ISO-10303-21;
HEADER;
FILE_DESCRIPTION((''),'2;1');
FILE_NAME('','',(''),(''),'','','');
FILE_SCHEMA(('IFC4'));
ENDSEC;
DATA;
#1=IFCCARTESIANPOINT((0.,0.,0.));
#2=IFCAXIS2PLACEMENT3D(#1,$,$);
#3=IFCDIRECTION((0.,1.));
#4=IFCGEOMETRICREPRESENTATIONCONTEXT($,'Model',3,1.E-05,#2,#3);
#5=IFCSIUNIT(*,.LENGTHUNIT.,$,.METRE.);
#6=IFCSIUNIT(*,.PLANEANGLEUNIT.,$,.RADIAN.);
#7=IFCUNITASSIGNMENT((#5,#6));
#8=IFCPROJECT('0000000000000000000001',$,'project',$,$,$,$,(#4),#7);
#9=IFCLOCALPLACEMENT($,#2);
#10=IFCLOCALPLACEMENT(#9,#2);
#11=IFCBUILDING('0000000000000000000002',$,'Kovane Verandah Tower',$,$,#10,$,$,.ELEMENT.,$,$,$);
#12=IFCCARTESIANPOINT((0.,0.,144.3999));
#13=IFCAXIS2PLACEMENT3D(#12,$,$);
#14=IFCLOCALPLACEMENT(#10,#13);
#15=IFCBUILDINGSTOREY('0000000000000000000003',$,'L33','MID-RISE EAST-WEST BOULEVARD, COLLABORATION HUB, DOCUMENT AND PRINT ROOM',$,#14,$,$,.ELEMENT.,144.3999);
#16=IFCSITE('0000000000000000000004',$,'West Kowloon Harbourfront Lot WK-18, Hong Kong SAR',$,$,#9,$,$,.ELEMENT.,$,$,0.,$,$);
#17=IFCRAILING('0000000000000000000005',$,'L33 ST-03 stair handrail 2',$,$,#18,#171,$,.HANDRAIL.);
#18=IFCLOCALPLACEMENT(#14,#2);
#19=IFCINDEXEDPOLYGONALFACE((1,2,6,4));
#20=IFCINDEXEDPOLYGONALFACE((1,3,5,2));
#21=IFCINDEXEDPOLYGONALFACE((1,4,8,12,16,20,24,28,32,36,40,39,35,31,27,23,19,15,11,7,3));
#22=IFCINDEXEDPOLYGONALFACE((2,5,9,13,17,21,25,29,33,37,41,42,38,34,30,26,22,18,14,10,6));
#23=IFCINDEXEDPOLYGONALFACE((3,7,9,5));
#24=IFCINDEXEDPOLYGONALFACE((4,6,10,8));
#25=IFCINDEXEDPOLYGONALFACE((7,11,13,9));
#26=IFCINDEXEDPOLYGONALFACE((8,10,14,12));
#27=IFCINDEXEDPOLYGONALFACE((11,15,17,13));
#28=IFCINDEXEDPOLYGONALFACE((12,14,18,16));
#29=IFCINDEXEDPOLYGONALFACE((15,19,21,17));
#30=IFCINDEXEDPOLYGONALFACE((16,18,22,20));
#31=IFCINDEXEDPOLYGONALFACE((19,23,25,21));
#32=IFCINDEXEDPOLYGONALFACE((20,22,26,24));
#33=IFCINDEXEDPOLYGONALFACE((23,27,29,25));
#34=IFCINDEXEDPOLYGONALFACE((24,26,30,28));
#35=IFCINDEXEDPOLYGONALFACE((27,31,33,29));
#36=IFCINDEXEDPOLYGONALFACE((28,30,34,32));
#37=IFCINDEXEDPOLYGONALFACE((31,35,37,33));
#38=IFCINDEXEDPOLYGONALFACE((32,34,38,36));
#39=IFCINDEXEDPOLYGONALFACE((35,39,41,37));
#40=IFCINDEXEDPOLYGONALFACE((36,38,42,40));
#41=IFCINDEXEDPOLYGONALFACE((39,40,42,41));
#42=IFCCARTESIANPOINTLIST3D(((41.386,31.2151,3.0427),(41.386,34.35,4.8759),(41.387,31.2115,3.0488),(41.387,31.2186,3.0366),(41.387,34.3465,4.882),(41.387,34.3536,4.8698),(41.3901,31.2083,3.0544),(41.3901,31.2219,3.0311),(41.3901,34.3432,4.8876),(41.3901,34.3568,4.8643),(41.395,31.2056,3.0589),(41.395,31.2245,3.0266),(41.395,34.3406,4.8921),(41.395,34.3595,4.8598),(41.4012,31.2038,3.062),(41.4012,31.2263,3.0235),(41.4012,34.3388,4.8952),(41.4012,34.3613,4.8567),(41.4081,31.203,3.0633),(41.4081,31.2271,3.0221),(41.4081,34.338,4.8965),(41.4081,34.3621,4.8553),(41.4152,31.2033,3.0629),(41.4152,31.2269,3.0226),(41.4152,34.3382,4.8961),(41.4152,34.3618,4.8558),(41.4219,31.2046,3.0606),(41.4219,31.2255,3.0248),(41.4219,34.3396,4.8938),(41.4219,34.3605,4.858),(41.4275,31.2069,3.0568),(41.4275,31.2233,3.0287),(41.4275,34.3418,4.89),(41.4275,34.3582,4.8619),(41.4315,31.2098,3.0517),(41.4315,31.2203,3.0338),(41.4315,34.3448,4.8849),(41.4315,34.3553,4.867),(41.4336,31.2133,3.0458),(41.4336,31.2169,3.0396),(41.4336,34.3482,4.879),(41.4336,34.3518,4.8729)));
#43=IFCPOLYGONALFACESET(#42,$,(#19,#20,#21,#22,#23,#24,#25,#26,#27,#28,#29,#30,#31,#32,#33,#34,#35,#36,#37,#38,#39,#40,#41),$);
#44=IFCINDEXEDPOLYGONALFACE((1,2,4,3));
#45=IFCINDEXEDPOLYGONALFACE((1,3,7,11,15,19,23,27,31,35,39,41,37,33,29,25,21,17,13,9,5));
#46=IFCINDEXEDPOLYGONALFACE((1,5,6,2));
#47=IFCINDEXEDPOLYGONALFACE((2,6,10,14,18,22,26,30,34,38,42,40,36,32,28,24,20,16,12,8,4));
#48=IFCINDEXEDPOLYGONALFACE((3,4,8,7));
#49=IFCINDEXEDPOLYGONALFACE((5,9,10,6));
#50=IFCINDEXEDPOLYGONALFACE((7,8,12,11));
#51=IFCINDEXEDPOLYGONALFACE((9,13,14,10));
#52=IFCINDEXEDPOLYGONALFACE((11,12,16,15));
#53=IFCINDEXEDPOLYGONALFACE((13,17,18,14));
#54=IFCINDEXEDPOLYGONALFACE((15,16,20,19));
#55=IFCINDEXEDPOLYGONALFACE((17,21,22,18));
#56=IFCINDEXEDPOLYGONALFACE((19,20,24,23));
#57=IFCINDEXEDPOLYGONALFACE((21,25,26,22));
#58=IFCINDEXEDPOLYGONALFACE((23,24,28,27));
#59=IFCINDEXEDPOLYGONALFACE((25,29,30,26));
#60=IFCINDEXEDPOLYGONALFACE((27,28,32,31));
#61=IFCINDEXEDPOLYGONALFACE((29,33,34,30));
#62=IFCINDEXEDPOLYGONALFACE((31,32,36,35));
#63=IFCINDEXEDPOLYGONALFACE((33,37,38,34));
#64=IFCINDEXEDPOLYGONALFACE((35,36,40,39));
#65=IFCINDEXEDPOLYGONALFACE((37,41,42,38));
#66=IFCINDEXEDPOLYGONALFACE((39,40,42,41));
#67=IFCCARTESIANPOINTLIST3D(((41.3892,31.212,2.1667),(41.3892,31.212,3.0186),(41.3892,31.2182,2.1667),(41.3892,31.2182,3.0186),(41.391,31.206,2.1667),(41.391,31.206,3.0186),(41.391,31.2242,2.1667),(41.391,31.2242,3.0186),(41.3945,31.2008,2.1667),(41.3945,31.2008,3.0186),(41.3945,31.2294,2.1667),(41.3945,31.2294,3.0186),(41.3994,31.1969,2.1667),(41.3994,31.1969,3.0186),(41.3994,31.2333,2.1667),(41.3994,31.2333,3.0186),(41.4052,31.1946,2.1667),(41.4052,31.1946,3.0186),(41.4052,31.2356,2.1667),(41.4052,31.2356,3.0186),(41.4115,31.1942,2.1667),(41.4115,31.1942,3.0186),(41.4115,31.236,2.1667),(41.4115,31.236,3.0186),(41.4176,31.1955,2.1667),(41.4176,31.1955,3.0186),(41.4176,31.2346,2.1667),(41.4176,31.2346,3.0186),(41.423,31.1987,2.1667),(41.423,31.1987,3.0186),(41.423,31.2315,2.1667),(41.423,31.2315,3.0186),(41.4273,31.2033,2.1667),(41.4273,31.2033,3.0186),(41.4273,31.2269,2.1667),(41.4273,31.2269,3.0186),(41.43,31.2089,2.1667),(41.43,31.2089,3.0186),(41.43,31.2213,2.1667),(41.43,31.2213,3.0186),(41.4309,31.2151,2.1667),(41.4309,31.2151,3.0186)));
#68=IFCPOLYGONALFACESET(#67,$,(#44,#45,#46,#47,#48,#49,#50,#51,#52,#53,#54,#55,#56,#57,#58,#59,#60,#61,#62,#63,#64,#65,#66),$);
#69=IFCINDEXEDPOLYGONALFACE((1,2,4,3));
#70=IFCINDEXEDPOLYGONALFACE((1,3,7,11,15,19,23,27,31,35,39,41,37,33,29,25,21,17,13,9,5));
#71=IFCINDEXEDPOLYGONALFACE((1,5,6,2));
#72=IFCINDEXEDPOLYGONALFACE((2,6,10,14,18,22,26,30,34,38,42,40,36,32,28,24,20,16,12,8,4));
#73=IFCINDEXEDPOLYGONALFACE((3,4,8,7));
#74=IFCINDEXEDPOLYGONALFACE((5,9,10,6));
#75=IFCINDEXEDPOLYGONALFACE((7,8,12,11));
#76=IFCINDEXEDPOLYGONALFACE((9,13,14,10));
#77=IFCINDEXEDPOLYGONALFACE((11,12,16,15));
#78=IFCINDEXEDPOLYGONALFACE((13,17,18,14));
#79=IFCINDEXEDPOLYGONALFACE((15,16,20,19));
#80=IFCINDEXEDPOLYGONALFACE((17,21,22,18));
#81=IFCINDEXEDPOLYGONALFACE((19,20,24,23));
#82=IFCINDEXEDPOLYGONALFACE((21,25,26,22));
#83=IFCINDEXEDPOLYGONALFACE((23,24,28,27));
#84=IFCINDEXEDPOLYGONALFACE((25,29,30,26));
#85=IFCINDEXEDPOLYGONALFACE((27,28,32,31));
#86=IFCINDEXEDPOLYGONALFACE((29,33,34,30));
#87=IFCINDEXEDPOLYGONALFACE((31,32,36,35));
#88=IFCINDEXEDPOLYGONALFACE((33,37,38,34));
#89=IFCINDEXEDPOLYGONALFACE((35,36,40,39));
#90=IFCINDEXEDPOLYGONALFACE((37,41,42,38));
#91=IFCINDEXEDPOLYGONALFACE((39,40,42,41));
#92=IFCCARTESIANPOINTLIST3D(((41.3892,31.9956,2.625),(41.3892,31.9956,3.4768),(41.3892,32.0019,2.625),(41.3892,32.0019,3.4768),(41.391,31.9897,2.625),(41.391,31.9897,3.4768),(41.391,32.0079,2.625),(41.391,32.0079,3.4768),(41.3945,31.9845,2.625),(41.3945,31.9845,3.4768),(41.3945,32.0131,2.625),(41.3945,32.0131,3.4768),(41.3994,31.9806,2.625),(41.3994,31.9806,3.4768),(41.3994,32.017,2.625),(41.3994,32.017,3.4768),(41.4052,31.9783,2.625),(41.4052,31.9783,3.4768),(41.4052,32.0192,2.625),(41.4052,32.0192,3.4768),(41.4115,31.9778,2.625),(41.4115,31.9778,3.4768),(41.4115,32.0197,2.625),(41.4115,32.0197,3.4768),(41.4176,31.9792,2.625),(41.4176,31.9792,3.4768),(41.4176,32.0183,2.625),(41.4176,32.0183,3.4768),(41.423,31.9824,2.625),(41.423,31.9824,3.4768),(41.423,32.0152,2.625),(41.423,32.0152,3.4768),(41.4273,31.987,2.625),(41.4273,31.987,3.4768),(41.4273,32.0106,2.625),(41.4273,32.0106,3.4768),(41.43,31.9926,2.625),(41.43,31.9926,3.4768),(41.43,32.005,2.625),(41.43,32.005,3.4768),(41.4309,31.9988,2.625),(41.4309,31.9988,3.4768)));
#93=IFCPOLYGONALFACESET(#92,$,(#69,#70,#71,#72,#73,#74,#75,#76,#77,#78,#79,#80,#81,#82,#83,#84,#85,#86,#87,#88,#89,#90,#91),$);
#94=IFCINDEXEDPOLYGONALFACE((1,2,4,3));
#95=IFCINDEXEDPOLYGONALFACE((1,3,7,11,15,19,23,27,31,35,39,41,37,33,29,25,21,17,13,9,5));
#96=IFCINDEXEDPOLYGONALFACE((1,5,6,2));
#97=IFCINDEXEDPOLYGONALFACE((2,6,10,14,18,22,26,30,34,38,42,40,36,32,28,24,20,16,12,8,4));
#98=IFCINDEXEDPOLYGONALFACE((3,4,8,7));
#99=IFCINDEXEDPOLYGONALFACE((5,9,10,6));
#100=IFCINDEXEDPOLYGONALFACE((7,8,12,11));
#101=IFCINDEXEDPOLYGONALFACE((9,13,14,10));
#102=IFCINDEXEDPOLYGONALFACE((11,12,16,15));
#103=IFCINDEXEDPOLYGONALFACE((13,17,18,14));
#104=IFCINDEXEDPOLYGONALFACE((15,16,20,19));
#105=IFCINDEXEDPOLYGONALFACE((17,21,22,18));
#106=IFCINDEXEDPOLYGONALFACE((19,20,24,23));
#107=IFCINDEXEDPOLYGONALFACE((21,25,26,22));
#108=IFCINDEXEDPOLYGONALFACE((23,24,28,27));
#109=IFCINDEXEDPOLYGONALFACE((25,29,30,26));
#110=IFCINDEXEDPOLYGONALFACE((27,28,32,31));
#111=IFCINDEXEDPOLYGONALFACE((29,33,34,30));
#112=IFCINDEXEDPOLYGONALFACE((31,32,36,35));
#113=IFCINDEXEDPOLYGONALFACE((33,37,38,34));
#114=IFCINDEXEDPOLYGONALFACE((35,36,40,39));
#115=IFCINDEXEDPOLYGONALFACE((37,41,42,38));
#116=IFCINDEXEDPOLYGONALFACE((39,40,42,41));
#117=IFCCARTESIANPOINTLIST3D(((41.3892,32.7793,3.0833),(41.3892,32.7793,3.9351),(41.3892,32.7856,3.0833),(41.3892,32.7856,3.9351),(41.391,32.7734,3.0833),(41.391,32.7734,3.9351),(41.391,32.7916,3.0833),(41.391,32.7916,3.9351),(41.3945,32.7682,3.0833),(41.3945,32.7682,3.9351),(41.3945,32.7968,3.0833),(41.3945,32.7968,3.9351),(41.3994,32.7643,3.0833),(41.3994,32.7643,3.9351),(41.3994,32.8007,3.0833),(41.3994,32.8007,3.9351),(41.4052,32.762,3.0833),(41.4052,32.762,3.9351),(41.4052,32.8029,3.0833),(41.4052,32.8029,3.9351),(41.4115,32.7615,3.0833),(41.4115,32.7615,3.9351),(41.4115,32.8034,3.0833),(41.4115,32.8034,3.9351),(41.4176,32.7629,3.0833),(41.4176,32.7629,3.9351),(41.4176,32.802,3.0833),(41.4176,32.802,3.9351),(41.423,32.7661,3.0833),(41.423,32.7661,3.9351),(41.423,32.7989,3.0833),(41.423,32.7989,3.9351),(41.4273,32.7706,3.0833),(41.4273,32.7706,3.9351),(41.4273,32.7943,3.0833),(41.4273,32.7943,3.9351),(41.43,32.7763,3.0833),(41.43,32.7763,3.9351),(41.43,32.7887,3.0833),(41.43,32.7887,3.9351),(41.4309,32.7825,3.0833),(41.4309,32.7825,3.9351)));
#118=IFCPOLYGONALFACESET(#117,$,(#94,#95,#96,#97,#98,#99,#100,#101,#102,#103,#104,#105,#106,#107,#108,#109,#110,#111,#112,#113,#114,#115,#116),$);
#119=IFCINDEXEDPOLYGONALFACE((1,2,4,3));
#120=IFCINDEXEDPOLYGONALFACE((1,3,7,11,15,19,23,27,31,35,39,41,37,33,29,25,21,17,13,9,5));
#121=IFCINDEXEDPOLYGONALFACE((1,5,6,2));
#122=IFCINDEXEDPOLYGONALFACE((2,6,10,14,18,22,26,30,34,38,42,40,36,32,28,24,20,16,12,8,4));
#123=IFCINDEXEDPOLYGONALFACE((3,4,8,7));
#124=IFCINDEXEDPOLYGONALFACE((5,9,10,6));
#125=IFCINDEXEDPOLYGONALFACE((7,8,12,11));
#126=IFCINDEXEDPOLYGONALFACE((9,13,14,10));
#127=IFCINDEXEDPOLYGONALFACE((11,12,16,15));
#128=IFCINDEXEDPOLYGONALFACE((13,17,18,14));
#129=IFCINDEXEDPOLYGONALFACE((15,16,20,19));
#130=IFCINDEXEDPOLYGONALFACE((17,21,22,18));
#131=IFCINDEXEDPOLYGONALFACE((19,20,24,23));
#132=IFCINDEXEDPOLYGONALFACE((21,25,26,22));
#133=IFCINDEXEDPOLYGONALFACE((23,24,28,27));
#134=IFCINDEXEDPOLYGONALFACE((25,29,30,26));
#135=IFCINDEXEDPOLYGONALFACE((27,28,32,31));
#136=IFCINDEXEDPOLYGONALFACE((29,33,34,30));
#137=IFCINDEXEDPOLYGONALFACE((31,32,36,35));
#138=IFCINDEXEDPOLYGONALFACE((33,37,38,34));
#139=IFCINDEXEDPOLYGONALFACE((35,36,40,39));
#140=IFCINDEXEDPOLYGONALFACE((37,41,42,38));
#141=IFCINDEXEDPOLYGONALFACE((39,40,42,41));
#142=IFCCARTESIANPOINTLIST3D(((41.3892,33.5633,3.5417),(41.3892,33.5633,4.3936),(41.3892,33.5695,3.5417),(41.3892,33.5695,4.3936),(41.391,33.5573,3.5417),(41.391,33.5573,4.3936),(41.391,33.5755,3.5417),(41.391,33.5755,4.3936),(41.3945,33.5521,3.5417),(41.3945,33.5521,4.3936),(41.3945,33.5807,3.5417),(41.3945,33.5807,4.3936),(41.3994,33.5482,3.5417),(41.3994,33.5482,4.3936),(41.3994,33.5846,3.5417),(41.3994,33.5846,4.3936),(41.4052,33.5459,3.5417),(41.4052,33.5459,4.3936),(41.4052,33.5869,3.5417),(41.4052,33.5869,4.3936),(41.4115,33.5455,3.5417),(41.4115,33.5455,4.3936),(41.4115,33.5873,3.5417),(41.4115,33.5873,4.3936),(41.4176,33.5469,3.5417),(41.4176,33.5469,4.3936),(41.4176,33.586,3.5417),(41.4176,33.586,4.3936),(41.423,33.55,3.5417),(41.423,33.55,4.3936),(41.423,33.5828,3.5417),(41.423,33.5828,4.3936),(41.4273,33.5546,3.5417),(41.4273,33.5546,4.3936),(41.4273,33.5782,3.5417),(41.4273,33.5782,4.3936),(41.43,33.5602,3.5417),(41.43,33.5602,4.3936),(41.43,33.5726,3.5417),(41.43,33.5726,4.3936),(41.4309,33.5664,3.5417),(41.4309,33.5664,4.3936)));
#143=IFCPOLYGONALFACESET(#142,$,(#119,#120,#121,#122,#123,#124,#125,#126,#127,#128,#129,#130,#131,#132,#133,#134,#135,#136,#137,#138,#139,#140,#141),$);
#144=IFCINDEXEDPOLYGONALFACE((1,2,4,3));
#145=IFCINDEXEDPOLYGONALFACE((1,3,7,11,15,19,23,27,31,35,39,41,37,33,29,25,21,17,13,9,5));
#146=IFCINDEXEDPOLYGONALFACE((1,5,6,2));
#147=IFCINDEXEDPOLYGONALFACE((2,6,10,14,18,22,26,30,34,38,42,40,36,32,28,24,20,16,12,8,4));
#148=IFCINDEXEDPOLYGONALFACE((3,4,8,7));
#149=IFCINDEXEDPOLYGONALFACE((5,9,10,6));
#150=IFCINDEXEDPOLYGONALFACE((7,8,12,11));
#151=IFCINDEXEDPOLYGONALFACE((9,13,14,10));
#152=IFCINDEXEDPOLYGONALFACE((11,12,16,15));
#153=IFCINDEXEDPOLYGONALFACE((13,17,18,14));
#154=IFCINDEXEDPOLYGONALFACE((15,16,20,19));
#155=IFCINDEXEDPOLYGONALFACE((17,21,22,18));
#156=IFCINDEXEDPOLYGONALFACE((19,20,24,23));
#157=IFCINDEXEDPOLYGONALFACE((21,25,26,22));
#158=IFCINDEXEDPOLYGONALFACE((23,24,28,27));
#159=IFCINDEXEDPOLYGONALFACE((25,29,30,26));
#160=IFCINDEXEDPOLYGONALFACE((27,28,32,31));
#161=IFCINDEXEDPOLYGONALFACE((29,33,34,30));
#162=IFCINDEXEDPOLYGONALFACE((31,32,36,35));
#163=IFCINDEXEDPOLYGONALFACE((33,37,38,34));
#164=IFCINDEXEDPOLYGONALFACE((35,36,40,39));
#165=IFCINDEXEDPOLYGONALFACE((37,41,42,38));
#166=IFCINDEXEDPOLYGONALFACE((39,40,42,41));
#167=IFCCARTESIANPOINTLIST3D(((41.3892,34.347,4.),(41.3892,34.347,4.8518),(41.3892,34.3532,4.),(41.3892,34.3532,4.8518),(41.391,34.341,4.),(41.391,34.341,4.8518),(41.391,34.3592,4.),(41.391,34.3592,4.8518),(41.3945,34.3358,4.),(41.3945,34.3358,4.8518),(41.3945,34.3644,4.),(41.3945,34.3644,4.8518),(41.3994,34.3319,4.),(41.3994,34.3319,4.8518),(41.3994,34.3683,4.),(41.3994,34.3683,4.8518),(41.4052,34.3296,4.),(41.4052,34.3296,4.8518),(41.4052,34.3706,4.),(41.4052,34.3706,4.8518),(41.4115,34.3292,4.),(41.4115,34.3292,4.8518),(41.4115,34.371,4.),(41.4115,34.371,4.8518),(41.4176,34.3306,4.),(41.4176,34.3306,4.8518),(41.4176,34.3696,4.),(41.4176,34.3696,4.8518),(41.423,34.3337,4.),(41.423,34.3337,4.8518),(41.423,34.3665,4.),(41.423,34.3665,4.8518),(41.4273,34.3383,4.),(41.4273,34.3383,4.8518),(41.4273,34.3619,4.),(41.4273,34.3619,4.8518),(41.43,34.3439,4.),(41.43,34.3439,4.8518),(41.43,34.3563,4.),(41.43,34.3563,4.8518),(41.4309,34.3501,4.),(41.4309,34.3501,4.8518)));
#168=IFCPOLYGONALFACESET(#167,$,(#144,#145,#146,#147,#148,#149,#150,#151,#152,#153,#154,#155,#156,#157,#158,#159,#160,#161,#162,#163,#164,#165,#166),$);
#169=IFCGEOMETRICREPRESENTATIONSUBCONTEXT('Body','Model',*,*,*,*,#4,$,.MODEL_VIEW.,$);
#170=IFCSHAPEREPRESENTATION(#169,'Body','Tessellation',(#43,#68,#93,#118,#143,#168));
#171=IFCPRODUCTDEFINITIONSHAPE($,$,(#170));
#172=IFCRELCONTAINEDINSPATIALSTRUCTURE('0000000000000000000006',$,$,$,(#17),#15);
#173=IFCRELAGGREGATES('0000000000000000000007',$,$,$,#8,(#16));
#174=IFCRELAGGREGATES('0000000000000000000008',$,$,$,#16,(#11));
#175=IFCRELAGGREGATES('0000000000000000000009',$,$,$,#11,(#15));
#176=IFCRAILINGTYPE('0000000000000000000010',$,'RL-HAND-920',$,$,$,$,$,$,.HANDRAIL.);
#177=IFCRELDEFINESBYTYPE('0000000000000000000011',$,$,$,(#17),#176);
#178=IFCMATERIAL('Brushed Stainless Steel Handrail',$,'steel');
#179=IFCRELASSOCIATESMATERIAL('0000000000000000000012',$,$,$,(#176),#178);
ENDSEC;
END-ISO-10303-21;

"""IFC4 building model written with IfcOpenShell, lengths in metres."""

from ifc_helpers import new_model, si_unit, direction, frame, origin, origin_2d, place, context, subcontext, project, spatial, circle, extrude, material, type_object, element, save


model = new_model("IFC4")

# Units and contexts
model_context = context("Model", 3, precision=1e-05, world=origin(), true_north=direction((0.0, 1.0)))
body_context = subcontext(model_context, "Body", "Model", "MODEL_VIEW")
ifc_project = project(units=[si_unit("LENGTHUNIT", "METRE"), si_unit("PLANEANGLEUNIT", "RADIAN")], contexts=[model_context])

# Site, building, storey
site_placement = place(None, origin())
site = spatial("IfcSite", under=ifc_project, at=site_placement, Name="West Kowloon Harbourfront Lot WK-18, Hong Kong SAR", CompositionType="ELEMENT", RefElevation=0.0)
building_placement = place(site_placement, origin())
building = spatial("IfcBuilding", under=site, at=building_placement, Name="Kovane Verandah Tower", CompositionType="ELEMENT")
storey_placement = place(building_placement, frame((0.0, 0.0, 144.3999)))
storey = spatial("IfcBuildingStorey", under=building, at=storey_placement, Name="L33", Description="MID-RISE EAST-WEST BOULEVARD, COLLABORATION HUB, DOCUMENT AND PRINT ROOM", CompositionType="ELEMENT", Elevation=144.3999)

# Railing
ifc_material_1 = material(Name="Brushed Stainless Steel Handrail", Category="steel")
railing_type_1 = type_object("IfcRailingType", Name="RL-HAND-920", PredefinedType="HANDRAIL", material=ifc_material_1)
railing_1_placement = place(storey_placement, frame((41.4099, 31.2151, 2.1667)))
element("IfcRailing", 1, at=railing_1_placement, inside=storey, type_object=railing_type_1, Name="L33 ST-03 stair handrail 2", PredefinedType="HANDRAIL", context=body_context, shape_type="SweptSolid", body=[
    extrude(circle(Radius=0.0239, at=origin_2d()), frame((0.0, 0.0, 0.876), z_axis=(0.0, 0.86324, 0.504794), x_axis=(-1.0, 0.0, 0.0)), (0.0, 0.0, 1.0), 3.6316),
    extrude(circle(Radius=0.021, at=origin_2d()), origin(), (0.0, 0.0, 1.0), 0.8518),
    extrude(circle(Radius=0.021, at=origin_2d()), frame((0.0, 0.7837, 0.4583)), (0.0, 0.0, 1.0), 0.8518),
    extrude(circle(Radius=0.021, at=origin_2d()), frame((0.0, 1.5674, 0.9165)), (0.0, 0.0, 1.0), 0.8518),
    extrude(circle(Radius=0.021, at=origin_2d()), frame((0.0, 2.3513, 1.375)), (0.0, 0.0, 1.0), 0.8518),
    extrude(circle(Radius=0.021, at=origin_2d()), frame((0.0, 3.135, 1.8333)), (0.0, 0.0, 1.0), 0.8518),
])

save(model, "model.ifc")
